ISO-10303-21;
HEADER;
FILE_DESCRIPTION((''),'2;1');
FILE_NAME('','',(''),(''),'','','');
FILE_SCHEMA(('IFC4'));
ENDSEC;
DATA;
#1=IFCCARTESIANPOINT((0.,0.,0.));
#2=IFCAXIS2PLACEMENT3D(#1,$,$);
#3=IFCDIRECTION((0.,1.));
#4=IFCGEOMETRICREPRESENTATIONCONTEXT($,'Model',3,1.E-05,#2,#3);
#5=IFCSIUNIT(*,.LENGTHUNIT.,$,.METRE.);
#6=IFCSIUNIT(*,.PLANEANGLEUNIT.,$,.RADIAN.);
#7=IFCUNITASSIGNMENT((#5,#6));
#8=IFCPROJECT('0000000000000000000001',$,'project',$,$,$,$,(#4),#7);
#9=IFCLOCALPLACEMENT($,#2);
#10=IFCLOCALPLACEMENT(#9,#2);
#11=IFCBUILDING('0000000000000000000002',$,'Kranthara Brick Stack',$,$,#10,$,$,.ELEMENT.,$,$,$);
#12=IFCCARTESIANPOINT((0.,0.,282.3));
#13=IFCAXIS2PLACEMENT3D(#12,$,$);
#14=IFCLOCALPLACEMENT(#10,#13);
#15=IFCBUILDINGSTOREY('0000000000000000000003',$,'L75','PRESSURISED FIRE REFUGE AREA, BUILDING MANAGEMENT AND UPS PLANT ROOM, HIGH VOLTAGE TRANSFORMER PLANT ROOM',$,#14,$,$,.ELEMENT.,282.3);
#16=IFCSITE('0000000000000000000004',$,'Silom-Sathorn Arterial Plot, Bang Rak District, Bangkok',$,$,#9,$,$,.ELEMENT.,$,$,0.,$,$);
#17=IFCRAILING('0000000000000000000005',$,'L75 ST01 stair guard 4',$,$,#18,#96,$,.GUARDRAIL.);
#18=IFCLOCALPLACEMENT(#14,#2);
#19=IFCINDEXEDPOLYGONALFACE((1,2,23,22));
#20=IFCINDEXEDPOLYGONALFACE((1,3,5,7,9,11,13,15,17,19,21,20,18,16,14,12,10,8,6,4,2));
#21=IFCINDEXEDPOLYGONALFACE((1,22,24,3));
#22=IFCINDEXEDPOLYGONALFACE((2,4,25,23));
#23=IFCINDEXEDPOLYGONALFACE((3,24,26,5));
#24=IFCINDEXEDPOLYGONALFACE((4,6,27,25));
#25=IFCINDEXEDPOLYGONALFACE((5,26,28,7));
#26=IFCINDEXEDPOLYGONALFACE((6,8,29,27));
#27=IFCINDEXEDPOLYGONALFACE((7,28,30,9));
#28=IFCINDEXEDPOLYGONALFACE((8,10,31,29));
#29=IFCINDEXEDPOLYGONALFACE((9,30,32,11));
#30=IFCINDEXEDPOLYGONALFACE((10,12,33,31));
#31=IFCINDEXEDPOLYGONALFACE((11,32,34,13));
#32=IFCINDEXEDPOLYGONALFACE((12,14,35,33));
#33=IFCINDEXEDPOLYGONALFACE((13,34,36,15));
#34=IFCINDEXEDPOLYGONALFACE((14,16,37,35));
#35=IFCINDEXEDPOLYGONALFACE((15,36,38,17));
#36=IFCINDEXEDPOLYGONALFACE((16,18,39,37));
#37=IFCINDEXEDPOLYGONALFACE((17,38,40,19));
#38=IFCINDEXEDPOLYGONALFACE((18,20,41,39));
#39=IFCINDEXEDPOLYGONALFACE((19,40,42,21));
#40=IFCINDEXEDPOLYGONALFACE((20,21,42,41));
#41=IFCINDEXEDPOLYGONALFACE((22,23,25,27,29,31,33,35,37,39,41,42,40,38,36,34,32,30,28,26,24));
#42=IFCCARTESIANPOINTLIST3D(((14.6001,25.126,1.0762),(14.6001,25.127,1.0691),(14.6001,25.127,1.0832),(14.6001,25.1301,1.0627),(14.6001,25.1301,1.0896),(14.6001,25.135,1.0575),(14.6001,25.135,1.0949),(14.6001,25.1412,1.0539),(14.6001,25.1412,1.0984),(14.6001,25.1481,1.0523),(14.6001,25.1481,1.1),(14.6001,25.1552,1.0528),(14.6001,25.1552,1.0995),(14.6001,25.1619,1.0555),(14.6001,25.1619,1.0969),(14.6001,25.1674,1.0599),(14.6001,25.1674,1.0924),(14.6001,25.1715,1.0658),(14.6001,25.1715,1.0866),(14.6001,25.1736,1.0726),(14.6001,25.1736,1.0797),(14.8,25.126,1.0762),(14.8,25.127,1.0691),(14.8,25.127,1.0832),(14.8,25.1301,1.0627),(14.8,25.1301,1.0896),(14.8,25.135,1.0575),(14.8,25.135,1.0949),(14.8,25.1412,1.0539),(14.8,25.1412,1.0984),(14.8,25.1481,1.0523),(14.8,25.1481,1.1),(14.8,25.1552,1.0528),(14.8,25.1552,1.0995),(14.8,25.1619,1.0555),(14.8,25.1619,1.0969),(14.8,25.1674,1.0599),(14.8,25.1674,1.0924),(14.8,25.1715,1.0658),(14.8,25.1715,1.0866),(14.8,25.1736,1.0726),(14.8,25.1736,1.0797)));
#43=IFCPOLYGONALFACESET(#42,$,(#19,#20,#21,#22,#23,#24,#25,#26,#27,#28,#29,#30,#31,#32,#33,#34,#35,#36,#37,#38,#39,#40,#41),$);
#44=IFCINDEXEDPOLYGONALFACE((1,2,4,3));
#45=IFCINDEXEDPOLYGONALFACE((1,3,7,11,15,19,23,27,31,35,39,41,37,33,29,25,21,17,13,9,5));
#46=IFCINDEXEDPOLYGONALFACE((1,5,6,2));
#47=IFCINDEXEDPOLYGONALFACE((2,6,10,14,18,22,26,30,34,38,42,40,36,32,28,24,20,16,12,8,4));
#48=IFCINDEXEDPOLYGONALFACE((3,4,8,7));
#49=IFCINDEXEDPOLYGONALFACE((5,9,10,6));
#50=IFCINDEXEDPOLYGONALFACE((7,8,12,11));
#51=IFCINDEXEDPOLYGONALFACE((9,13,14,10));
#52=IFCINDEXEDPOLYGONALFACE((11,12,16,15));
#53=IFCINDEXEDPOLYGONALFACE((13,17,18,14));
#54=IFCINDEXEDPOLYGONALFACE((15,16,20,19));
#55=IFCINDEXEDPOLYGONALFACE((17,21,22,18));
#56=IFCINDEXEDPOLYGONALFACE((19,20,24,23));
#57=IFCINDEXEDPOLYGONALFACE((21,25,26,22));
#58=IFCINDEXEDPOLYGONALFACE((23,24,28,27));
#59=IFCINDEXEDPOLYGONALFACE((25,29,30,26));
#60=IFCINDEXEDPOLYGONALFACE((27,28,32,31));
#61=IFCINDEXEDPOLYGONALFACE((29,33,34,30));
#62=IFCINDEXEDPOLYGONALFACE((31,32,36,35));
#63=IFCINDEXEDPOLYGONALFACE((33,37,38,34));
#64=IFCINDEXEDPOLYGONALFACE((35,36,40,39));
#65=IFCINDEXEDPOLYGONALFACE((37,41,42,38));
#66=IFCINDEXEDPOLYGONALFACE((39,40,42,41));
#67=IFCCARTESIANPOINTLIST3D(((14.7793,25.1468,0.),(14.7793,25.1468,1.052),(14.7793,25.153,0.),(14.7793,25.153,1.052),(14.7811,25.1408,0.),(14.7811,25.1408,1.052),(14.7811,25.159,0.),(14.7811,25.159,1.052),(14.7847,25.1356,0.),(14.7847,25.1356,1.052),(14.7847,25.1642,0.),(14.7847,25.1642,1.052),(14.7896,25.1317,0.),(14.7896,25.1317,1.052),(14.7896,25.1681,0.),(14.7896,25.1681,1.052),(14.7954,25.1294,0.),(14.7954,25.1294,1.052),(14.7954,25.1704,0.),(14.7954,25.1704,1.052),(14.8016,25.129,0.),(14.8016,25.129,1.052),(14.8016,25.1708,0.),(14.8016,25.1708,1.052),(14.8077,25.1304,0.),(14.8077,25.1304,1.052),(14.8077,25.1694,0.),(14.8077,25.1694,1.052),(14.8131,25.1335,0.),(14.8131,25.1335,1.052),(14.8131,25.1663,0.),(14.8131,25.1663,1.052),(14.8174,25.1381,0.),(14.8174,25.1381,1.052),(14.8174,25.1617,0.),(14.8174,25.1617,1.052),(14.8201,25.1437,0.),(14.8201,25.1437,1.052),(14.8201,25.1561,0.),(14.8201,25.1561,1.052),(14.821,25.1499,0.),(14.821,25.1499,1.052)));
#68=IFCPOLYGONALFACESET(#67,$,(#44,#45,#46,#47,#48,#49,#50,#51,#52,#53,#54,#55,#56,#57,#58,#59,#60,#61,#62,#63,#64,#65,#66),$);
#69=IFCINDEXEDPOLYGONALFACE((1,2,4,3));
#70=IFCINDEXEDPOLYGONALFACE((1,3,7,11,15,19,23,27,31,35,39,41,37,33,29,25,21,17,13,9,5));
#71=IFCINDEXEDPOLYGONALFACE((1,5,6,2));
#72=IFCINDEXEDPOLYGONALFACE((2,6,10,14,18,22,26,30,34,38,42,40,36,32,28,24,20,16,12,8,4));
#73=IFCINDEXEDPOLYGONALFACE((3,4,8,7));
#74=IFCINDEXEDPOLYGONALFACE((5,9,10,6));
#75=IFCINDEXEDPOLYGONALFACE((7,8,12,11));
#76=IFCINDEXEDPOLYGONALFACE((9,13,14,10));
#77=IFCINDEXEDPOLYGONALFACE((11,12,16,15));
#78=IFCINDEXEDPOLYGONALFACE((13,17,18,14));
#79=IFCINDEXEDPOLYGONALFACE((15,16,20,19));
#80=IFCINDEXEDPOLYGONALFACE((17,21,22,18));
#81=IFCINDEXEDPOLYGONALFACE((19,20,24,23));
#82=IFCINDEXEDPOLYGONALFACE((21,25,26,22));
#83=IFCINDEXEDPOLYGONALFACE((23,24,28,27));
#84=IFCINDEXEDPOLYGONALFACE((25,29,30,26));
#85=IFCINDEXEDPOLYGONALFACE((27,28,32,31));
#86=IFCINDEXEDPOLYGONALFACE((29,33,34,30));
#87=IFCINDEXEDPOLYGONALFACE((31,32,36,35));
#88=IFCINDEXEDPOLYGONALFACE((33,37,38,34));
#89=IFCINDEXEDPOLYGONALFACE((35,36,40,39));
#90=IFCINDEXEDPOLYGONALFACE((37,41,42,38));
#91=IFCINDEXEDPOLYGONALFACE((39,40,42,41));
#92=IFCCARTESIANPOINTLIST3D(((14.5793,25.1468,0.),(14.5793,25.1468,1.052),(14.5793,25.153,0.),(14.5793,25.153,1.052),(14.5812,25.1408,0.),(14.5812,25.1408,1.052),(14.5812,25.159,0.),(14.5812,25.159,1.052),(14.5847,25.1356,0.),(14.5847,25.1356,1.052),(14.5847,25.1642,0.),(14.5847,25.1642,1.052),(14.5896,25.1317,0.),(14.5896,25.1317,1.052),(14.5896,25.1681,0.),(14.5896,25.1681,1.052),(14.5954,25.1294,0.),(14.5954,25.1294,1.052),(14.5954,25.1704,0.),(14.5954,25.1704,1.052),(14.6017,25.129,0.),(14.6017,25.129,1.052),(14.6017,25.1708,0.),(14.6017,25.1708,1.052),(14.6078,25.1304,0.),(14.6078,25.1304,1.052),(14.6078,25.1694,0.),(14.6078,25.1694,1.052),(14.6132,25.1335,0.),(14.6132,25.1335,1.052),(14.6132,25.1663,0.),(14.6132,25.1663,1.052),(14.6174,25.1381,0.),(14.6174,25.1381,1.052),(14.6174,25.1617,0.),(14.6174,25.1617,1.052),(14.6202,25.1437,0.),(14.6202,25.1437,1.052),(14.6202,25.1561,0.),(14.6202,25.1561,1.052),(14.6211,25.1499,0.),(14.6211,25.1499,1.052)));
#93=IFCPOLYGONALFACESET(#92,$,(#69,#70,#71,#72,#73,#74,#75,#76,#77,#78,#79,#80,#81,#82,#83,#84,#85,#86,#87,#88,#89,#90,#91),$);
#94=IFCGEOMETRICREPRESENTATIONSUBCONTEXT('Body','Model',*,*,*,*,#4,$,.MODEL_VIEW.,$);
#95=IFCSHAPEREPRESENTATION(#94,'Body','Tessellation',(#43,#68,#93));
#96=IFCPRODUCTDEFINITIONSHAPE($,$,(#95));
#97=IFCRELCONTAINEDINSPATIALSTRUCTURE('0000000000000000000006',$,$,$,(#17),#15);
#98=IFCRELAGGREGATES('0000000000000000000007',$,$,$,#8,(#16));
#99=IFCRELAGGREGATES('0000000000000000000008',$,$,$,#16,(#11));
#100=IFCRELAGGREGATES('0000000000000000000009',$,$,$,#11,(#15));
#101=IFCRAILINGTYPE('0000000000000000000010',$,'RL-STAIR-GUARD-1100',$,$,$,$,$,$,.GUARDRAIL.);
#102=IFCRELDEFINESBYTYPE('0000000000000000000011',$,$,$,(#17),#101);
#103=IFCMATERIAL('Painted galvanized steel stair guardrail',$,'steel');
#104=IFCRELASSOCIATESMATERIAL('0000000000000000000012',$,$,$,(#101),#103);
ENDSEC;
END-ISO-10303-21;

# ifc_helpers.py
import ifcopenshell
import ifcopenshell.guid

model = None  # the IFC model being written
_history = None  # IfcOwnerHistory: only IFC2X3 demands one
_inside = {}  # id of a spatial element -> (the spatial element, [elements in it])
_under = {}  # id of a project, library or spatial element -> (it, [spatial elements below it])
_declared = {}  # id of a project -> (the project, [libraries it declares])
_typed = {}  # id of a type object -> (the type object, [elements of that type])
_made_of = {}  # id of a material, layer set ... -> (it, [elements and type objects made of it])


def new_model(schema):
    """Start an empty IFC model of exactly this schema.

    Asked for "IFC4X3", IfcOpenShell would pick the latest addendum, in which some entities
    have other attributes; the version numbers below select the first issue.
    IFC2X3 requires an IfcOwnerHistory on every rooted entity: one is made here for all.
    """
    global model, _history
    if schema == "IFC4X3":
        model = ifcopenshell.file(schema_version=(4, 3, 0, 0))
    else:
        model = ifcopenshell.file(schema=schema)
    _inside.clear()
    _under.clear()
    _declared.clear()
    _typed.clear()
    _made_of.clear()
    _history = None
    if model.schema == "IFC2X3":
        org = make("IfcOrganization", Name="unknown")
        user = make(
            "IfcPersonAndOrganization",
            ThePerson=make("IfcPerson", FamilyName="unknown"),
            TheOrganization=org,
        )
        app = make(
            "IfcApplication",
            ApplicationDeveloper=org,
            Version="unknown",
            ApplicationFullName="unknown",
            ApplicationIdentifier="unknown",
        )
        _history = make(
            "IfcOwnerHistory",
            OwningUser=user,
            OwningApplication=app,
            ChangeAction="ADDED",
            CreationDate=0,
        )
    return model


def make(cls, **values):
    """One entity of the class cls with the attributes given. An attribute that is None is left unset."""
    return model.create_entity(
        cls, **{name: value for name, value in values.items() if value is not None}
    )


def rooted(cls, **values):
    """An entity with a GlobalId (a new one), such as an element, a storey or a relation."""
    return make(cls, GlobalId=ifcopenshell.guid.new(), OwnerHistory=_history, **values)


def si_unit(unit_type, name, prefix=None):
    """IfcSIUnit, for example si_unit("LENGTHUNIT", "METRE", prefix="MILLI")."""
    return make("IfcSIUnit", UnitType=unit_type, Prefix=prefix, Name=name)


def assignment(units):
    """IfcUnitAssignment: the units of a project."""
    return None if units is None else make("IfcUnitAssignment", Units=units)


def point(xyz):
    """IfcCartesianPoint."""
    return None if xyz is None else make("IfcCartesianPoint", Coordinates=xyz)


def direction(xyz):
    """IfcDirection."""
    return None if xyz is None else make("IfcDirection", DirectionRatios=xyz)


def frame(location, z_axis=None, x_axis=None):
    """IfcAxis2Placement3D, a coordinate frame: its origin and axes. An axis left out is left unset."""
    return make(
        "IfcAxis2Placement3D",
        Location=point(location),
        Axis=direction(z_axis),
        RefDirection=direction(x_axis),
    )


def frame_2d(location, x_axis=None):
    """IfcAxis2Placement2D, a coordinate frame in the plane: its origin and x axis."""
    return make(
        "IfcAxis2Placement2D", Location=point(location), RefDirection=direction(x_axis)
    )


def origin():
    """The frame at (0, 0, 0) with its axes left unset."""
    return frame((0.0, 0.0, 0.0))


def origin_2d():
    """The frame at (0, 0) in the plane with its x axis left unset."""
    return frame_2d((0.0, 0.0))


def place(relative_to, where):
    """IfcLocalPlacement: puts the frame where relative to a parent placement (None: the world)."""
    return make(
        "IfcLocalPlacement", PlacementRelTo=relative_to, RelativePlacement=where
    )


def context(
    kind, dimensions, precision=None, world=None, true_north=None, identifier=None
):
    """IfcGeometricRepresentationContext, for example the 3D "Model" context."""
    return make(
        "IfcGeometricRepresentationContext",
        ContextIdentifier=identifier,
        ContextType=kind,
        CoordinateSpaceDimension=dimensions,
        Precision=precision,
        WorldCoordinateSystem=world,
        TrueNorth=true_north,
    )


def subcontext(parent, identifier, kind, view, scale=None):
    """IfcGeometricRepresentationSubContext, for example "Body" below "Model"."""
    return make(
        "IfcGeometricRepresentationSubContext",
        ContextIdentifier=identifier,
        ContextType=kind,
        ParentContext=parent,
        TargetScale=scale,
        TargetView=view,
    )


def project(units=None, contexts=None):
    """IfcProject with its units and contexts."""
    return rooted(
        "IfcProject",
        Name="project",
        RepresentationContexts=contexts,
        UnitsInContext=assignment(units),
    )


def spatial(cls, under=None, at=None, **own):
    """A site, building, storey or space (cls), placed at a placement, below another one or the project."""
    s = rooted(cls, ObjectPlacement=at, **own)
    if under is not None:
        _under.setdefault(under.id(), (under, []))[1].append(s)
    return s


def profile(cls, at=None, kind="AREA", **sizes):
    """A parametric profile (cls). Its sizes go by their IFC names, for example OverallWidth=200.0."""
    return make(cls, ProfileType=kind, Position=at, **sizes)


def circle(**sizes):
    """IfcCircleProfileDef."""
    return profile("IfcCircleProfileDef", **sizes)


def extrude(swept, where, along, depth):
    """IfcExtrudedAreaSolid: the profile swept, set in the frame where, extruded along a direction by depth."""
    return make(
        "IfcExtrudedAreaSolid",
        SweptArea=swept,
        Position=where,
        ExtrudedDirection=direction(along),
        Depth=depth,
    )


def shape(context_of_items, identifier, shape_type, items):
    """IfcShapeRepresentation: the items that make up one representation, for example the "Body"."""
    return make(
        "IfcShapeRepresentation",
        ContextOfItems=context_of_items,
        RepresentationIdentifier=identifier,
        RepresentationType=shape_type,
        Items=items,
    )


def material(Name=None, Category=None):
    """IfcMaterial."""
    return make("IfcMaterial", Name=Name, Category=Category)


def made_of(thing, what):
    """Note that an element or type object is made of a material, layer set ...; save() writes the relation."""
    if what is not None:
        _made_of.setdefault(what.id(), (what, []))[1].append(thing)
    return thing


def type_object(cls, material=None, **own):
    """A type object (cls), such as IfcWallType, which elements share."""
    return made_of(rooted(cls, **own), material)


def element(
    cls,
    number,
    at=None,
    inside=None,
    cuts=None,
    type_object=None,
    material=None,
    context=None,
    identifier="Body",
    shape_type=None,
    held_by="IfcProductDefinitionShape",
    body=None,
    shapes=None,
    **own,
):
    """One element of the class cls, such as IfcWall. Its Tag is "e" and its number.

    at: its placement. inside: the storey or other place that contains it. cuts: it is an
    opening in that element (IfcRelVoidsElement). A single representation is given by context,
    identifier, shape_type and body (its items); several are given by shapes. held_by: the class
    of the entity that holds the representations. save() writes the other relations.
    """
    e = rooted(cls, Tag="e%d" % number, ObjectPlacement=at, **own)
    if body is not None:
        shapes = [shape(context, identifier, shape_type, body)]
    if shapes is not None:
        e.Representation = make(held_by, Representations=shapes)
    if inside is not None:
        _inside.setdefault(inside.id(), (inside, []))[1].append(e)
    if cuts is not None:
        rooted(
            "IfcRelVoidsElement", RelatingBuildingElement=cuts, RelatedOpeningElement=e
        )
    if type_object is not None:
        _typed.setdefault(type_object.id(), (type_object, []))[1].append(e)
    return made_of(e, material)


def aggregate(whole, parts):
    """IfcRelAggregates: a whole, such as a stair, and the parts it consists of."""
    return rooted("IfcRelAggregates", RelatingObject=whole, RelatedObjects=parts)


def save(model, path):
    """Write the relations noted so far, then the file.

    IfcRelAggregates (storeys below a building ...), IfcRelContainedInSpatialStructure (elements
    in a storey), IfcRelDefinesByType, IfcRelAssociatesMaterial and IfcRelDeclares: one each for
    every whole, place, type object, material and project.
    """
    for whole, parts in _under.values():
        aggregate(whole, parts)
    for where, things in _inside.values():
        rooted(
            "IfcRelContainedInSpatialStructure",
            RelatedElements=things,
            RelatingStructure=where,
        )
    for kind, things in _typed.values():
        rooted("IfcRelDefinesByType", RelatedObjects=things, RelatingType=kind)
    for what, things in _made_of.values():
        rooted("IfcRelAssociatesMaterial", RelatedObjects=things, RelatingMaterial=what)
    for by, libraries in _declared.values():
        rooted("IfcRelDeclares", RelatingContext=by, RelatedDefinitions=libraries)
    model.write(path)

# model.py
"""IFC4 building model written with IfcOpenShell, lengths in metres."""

from ifc_helpers import new_model, si_unit, direction, frame, origin, origin_2d, place, context, subcontext, project, spatial, circle, extrude, material, type_object, element, save


model = new_model("IFC4")

# Units and contexts
model_context = context("Model", 3, precision=1e-05, world=origin(), true_north=direction((0.0, 1.0)))
body_context = subcontext(model_context, "Body", "Model", "MODEL_VIEW")
ifc_project = project(units=[si_unit("LENGTHUNIT", "METRE"), si_unit("PLANEANGLEUNIT", "RADIAN")], contexts=[model_context])

# Site, building, storey
site_placement = place(None, origin())
site = spatial("IfcSite", under=ifc_project, at=site_placement, Name="Silom-Sathorn Arterial Plot, Bang Rak District, Bangkok", CompositionType="ELEMENT", RefElevation=0.0)
building_placement = place(site_placement, origin())
building = spatial("IfcBuilding", under=site, at=building_placement, Name="Kranthara Brick Stack", CompositionType="ELEMENT")
storey_placement = place(building_placement, frame((0.0, 0.0, 282.3)))
storey = spatial("IfcBuildingStorey", under=building, at=storey_placement, Name="L75", Description="PRESSURISED FIRE REFUGE AREA, BUILDING MANAGEMENT AND UPS PLANT ROOM, HIGH VOLTAGE TRANSFORMER PLANT ROOM", CompositionType="ELEMENT", Elevation=282.3)

# Railing
ifc_material_1 = material(Name="Painted galvanized steel stair guardrail", Category="steel")
railing_type_1 = type_object("IfcRailingType", Name="RL-STAIR-GUARD-1100", PredefinedType="GUARDRAIL", material=ifc_material_1)
railing_1_placement = place(storey_placement, frame((14.8, 25.1499, 0.0)))
element("IfcRailing", 1, at=railing_1_placement, inside=storey, type_object=railing_type_1, Name="L75 ST01 stair guard 4", PredefinedType="GUARDRAIL", context=body_context, shape_type="SweptSolid", body=[
    extrude(circle(Radius=0.0239, at=origin_2d()), frame((0.0, 0.0, 1.0762), z_axis=(-1.0, 0.0, 0.0), x_axis=(0.0, -1.0, 0.0)), (0.0, 0.0, 1.0), 0.2),
    extrude(circle(Radius=0.021, at=origin_2d()), origin(), (0.0, 0.0, 1.0), 1.052),
    extrude(circle(Radius=0.021, at=origin_2d()), frame((-0.2, 0.0, 0.0)), (0.0, 0.0, 1.0), 1.052),
])

save(model, "model.ifc")
